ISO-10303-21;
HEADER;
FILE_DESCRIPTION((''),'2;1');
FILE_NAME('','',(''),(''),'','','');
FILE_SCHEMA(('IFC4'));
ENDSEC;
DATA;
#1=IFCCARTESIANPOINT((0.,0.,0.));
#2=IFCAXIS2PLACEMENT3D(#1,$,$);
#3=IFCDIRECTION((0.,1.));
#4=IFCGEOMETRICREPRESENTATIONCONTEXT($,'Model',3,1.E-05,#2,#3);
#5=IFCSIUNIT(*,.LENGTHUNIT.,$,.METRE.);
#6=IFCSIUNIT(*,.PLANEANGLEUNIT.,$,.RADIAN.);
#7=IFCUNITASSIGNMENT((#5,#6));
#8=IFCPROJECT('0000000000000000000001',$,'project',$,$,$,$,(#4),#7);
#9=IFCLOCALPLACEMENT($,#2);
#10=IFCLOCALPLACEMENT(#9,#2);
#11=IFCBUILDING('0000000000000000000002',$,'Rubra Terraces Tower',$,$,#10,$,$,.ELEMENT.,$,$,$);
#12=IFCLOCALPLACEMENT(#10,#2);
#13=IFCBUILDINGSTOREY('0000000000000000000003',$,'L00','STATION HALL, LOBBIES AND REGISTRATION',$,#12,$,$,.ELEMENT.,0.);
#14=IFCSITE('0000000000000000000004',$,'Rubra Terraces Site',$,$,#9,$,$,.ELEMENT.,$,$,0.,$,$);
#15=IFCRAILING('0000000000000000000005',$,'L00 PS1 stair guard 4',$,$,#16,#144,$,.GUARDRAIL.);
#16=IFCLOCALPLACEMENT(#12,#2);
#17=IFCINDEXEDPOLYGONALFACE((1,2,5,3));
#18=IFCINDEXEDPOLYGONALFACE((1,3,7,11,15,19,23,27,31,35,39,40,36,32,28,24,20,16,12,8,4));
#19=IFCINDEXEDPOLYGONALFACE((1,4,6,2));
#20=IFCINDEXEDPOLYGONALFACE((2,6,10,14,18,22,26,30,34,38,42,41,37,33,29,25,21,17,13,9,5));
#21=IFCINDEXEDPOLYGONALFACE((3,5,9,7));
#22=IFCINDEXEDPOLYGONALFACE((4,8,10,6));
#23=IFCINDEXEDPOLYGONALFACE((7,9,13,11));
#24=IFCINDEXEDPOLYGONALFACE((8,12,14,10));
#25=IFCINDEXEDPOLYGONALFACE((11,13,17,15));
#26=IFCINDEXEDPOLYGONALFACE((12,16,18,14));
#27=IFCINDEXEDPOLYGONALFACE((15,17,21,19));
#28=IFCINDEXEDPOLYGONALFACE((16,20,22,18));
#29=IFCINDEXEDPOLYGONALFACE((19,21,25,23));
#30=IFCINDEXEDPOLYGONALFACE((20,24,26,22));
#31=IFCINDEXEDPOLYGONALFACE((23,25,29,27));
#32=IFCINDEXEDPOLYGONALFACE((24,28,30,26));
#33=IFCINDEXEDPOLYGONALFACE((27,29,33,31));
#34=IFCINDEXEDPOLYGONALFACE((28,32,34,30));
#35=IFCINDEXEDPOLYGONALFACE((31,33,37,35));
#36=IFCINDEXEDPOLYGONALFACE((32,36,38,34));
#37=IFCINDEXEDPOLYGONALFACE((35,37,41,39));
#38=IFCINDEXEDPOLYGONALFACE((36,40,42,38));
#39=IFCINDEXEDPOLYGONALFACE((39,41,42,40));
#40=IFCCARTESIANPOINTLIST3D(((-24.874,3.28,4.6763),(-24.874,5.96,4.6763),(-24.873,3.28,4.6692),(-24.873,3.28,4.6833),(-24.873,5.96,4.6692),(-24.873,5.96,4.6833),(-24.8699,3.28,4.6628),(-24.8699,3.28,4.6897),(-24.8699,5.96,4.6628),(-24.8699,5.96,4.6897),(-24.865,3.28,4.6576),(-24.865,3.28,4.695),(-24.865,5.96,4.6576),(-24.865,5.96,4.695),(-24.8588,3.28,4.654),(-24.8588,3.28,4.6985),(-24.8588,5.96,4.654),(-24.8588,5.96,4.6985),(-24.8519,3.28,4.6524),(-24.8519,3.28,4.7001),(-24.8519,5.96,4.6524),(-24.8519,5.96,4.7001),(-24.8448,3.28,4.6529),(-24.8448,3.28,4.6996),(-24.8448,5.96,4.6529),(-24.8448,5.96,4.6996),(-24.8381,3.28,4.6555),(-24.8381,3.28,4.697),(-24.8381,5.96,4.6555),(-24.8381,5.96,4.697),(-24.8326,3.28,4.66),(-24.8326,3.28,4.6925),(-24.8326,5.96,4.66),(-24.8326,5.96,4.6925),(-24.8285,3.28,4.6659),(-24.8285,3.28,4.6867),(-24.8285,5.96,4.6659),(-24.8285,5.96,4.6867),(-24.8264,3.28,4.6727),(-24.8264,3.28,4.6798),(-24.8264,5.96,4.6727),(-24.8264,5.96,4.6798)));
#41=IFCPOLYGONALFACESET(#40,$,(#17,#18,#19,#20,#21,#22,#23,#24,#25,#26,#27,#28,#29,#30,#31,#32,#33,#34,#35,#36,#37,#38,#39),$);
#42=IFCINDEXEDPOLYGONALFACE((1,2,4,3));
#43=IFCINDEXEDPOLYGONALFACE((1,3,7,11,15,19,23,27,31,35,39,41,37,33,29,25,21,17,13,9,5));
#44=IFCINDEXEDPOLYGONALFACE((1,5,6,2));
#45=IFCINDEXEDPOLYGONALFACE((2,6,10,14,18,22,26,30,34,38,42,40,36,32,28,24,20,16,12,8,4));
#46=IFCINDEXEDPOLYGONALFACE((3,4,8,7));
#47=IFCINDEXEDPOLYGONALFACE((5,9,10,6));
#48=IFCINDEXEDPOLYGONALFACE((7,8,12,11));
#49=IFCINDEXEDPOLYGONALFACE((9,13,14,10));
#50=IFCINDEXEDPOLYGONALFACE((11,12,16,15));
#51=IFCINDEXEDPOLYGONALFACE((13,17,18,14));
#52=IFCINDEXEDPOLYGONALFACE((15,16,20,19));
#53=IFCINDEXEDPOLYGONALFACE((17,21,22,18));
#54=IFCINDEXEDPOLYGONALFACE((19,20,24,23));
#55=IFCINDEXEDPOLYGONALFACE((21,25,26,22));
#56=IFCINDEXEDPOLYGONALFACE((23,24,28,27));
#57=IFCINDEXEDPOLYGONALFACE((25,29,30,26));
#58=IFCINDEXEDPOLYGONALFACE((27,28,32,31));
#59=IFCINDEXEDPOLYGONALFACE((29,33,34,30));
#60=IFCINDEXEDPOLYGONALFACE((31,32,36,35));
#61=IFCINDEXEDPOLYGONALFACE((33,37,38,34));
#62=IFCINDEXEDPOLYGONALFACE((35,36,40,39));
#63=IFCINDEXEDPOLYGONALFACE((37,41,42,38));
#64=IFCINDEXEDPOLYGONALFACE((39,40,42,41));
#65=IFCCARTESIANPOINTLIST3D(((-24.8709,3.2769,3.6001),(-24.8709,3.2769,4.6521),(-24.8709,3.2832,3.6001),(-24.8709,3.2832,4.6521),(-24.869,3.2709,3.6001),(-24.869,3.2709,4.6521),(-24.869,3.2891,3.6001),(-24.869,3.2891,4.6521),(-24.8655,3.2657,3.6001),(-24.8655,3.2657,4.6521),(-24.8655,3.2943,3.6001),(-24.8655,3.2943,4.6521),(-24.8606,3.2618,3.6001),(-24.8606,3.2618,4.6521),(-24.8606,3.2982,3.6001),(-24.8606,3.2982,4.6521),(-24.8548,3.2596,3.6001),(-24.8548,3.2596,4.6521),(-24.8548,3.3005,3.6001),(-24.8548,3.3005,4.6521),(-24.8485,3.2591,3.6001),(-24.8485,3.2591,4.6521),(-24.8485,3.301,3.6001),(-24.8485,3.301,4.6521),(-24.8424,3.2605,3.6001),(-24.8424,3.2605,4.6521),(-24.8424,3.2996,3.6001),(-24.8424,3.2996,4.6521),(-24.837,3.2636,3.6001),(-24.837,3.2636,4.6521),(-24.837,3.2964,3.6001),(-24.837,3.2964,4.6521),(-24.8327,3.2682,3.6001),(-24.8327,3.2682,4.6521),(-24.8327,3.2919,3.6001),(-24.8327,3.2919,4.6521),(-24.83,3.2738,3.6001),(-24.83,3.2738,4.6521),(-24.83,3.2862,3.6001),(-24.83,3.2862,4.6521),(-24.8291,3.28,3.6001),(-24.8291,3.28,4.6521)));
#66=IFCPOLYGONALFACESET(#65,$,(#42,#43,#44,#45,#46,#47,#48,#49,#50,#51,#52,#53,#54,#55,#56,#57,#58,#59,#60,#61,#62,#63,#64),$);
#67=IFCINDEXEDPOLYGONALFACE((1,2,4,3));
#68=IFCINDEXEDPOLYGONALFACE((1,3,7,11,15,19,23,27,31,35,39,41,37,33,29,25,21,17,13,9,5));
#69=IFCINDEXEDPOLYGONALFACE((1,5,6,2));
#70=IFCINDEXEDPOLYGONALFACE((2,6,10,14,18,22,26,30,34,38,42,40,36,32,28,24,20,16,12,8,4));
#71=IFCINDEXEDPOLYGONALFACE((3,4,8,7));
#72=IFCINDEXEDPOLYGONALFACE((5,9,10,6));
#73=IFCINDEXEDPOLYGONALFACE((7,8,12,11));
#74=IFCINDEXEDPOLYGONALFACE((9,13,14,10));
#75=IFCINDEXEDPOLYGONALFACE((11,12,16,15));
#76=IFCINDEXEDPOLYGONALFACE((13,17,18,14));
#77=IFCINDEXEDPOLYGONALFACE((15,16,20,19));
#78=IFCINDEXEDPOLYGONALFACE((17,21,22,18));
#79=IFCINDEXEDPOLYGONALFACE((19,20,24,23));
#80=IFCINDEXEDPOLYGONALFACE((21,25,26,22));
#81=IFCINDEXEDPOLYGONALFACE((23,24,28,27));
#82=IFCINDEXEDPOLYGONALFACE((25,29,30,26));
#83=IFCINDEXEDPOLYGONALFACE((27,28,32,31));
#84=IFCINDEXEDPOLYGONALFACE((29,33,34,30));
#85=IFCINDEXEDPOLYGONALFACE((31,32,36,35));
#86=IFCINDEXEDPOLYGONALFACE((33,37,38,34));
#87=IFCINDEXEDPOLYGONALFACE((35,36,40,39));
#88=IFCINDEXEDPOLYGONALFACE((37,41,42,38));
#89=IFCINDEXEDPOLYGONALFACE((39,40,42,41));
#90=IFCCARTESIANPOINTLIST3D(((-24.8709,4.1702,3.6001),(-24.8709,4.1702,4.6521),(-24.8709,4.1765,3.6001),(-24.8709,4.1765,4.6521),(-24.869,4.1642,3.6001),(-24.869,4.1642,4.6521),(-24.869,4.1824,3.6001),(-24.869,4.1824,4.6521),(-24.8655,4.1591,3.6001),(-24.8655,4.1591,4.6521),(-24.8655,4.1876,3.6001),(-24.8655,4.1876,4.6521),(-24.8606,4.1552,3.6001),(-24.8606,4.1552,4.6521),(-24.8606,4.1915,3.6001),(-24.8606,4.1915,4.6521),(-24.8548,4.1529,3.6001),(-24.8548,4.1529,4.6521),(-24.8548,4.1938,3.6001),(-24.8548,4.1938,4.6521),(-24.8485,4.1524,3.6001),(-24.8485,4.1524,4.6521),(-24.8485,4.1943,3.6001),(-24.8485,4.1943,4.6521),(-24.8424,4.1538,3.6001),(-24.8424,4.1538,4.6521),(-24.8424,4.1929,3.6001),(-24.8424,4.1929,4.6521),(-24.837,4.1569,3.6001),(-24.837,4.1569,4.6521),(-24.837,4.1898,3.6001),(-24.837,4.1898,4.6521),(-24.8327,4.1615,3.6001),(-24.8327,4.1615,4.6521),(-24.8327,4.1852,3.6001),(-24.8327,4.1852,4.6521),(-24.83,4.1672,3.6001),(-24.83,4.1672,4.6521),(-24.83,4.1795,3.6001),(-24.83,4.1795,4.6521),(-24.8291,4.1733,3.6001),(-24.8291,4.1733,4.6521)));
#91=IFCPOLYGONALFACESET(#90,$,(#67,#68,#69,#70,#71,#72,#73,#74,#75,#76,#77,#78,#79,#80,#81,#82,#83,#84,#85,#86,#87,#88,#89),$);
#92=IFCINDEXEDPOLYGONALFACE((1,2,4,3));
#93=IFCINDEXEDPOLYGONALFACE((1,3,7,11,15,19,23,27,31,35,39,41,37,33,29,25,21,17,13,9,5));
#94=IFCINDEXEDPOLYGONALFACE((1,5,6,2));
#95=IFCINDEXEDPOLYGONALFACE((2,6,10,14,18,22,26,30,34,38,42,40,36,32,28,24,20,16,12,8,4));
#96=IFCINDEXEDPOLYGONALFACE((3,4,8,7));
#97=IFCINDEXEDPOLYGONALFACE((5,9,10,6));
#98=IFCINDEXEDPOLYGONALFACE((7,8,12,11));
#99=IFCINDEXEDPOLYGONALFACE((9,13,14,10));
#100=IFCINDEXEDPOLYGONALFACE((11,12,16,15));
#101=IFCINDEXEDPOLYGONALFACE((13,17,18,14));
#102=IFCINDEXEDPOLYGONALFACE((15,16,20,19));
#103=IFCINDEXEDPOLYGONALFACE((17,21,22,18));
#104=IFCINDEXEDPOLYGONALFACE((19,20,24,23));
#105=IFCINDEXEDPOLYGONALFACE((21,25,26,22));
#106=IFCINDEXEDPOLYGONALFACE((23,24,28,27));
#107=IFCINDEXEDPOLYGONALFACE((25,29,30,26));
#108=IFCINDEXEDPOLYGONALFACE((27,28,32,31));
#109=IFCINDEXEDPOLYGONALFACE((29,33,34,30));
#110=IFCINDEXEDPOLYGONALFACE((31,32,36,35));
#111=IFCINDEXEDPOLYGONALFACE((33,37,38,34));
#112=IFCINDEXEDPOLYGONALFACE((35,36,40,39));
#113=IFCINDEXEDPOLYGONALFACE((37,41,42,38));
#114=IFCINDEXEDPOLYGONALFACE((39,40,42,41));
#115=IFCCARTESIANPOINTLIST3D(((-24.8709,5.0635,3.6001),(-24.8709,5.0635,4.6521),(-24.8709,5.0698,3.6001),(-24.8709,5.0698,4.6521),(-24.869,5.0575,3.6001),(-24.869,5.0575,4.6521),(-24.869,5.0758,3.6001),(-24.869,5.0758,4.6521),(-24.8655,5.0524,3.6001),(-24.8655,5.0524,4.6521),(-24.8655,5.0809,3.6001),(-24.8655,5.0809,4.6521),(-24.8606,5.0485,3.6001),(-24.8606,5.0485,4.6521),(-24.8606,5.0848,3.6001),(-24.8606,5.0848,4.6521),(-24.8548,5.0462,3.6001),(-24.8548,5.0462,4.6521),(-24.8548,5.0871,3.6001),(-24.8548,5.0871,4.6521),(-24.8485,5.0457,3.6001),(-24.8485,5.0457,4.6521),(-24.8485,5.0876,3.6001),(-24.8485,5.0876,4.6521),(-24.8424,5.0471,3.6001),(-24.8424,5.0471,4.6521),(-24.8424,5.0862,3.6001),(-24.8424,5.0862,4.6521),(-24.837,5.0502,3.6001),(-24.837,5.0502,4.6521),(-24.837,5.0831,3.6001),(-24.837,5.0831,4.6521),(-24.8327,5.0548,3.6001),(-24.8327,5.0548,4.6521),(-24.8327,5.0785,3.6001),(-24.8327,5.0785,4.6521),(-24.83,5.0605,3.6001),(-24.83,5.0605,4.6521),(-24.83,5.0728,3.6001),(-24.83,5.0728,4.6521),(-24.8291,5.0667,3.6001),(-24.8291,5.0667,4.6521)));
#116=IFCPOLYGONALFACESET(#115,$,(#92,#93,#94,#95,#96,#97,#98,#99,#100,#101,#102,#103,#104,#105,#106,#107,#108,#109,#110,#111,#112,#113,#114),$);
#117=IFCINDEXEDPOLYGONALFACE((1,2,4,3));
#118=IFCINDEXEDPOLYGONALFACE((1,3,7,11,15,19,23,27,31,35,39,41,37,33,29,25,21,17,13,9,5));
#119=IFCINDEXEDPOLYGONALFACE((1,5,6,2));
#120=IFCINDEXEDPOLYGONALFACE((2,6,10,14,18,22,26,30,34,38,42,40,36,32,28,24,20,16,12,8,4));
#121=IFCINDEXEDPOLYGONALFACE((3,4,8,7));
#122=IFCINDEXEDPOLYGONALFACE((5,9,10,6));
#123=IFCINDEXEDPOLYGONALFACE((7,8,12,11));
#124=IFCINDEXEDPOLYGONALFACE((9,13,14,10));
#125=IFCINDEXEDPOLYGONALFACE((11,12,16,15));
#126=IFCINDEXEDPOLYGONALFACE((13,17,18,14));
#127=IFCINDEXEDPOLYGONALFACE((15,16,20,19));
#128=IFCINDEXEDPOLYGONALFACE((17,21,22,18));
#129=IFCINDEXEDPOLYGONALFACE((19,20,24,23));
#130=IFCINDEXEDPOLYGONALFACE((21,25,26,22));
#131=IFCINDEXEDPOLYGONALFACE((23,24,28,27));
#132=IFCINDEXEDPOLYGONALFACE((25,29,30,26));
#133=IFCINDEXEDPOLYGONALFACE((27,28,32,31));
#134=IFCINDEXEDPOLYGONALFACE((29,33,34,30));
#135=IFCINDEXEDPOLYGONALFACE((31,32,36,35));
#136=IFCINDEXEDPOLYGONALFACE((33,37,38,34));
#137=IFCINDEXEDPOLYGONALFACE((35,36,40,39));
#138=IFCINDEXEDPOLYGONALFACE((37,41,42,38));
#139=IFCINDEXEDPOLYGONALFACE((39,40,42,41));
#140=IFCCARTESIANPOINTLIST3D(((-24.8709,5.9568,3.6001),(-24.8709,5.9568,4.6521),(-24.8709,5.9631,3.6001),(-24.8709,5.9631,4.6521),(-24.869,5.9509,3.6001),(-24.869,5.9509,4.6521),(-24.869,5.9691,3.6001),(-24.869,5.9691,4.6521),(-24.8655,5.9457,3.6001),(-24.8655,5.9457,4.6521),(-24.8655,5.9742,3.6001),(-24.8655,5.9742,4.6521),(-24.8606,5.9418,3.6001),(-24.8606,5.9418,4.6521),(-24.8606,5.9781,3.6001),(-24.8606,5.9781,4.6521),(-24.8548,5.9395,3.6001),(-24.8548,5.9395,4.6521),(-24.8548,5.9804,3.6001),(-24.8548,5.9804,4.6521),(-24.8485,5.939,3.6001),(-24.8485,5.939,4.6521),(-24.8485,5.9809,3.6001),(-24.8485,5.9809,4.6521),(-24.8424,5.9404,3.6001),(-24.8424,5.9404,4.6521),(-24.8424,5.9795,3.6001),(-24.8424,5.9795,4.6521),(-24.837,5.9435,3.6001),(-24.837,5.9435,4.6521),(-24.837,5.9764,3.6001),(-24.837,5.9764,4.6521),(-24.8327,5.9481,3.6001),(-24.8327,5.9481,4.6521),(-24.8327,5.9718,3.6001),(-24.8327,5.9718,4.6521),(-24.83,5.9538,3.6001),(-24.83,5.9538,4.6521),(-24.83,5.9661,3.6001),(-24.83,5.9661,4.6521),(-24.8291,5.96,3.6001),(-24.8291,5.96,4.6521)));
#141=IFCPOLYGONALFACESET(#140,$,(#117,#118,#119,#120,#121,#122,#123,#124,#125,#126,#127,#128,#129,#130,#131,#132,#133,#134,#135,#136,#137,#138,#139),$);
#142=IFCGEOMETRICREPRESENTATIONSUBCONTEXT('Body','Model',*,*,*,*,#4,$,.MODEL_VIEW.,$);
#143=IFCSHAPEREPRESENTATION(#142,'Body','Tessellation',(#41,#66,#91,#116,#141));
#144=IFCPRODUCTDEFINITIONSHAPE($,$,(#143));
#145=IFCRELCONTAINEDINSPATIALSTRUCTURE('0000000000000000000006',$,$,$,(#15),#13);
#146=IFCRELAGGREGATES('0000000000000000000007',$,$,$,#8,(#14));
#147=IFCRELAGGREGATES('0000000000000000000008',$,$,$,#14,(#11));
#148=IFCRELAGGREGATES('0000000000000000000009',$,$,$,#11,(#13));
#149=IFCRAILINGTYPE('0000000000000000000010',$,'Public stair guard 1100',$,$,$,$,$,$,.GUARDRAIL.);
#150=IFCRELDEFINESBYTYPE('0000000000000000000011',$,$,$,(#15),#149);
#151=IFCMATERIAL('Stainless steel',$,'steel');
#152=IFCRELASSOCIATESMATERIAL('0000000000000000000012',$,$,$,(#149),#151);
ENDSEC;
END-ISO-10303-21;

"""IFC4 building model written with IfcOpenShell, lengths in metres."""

from ifc_helpers import new_model, si_unit, direction, frame, origin, origin_2d, place, context, subcontext, project, spatial, circle, extrude, material, type_object, element, save


model = new_model("IFC4")

# Units and contexts
model_context = context("Model", 3, precision=1e-05, world=origin(), true_north=direction((0.0, 1.0)))
body_context = subcontext(model_context, "Body", "Model", "MODEL_VIEW")
ifc_project = project(units=[si_unit("LENGTHUNIT", "METRE"), si_unit("PLANEANGLEUNIT", "RADIAN")], contexts=[model_context])

# Site, building, storey
site_placement = place(None, origin())
site = spatial("IfcSite", under=ifc_project, at=site_placement, Name="Rubra Terraces Site", CompositionType="ELEMENT", RefElevation=0.0)
building_placement = place(site_placement, origin())
building = spatial("IfcBuilding", under=site, at=building_placement, Name="Rubra Terraces Tower", CompositionType="ELEMENT")
storey_placement = place(building_placement, origin())
storey = spatial("IfcBuildingStorey", under=building, at=storey_placement, Name="L00", Description="STATION HALL, LOBBIES AND REGISTRATION", CompositionType="ELEMENT", Elevation=0.0)

# Railing
ifc_material_1 = material(Name="Stainless steel", Category="steel")
railing_type_1 = type_object("IfcRailingType", Name="Public stair guard 1100", PredefinedType="GUARDRAIL", material=ifc_material_1)
for number, where, name in (
    (1, (-24.8501, 3.28, 3.6001), "L00 PS1 stair guard 4"),
):
    element("IfcRailing", number, at=place(storey_placement, frame(where)), inside=storey, type_object=railing_type_1, Name=name, PredefinedType="GUARDRAIL", context=body_context, shape_type="SweptSolid", body=[
        extrude(circle(Radius=0.0239, at=origin_2d()), frame((0.0, 0.0, 1.0762), z_axis=(0.0, 1.0, 0.0), x_axis=(-1.0, 0.0, 0.0)), (0.0, 0.0, 1.0), 2.6799),
        extrude(circle(Radius=0.021, at=origin_2d()), origin(), (0.0, 0.0, 1.0), 1.052),
        extrude(circle(Radius=0.021, at=origin_2d()), frame((0.0, 0.8933, 0.0)), (0.0, 0.0, 1.0), 1.052),
        extrude(circle(Radius=0.021, at=origin_2d()), frame((0.0, 1.7866, 0.0)), (0.0, 0.0, 1.0), 1.052),
        extrude(circle(Radius=0.021, at=origin_2d()), frame((0.0, 2.6799, 0.0)), (0.0, 0.0, 1.0), 1.052),
    ])

save(model, "model.ifc")
